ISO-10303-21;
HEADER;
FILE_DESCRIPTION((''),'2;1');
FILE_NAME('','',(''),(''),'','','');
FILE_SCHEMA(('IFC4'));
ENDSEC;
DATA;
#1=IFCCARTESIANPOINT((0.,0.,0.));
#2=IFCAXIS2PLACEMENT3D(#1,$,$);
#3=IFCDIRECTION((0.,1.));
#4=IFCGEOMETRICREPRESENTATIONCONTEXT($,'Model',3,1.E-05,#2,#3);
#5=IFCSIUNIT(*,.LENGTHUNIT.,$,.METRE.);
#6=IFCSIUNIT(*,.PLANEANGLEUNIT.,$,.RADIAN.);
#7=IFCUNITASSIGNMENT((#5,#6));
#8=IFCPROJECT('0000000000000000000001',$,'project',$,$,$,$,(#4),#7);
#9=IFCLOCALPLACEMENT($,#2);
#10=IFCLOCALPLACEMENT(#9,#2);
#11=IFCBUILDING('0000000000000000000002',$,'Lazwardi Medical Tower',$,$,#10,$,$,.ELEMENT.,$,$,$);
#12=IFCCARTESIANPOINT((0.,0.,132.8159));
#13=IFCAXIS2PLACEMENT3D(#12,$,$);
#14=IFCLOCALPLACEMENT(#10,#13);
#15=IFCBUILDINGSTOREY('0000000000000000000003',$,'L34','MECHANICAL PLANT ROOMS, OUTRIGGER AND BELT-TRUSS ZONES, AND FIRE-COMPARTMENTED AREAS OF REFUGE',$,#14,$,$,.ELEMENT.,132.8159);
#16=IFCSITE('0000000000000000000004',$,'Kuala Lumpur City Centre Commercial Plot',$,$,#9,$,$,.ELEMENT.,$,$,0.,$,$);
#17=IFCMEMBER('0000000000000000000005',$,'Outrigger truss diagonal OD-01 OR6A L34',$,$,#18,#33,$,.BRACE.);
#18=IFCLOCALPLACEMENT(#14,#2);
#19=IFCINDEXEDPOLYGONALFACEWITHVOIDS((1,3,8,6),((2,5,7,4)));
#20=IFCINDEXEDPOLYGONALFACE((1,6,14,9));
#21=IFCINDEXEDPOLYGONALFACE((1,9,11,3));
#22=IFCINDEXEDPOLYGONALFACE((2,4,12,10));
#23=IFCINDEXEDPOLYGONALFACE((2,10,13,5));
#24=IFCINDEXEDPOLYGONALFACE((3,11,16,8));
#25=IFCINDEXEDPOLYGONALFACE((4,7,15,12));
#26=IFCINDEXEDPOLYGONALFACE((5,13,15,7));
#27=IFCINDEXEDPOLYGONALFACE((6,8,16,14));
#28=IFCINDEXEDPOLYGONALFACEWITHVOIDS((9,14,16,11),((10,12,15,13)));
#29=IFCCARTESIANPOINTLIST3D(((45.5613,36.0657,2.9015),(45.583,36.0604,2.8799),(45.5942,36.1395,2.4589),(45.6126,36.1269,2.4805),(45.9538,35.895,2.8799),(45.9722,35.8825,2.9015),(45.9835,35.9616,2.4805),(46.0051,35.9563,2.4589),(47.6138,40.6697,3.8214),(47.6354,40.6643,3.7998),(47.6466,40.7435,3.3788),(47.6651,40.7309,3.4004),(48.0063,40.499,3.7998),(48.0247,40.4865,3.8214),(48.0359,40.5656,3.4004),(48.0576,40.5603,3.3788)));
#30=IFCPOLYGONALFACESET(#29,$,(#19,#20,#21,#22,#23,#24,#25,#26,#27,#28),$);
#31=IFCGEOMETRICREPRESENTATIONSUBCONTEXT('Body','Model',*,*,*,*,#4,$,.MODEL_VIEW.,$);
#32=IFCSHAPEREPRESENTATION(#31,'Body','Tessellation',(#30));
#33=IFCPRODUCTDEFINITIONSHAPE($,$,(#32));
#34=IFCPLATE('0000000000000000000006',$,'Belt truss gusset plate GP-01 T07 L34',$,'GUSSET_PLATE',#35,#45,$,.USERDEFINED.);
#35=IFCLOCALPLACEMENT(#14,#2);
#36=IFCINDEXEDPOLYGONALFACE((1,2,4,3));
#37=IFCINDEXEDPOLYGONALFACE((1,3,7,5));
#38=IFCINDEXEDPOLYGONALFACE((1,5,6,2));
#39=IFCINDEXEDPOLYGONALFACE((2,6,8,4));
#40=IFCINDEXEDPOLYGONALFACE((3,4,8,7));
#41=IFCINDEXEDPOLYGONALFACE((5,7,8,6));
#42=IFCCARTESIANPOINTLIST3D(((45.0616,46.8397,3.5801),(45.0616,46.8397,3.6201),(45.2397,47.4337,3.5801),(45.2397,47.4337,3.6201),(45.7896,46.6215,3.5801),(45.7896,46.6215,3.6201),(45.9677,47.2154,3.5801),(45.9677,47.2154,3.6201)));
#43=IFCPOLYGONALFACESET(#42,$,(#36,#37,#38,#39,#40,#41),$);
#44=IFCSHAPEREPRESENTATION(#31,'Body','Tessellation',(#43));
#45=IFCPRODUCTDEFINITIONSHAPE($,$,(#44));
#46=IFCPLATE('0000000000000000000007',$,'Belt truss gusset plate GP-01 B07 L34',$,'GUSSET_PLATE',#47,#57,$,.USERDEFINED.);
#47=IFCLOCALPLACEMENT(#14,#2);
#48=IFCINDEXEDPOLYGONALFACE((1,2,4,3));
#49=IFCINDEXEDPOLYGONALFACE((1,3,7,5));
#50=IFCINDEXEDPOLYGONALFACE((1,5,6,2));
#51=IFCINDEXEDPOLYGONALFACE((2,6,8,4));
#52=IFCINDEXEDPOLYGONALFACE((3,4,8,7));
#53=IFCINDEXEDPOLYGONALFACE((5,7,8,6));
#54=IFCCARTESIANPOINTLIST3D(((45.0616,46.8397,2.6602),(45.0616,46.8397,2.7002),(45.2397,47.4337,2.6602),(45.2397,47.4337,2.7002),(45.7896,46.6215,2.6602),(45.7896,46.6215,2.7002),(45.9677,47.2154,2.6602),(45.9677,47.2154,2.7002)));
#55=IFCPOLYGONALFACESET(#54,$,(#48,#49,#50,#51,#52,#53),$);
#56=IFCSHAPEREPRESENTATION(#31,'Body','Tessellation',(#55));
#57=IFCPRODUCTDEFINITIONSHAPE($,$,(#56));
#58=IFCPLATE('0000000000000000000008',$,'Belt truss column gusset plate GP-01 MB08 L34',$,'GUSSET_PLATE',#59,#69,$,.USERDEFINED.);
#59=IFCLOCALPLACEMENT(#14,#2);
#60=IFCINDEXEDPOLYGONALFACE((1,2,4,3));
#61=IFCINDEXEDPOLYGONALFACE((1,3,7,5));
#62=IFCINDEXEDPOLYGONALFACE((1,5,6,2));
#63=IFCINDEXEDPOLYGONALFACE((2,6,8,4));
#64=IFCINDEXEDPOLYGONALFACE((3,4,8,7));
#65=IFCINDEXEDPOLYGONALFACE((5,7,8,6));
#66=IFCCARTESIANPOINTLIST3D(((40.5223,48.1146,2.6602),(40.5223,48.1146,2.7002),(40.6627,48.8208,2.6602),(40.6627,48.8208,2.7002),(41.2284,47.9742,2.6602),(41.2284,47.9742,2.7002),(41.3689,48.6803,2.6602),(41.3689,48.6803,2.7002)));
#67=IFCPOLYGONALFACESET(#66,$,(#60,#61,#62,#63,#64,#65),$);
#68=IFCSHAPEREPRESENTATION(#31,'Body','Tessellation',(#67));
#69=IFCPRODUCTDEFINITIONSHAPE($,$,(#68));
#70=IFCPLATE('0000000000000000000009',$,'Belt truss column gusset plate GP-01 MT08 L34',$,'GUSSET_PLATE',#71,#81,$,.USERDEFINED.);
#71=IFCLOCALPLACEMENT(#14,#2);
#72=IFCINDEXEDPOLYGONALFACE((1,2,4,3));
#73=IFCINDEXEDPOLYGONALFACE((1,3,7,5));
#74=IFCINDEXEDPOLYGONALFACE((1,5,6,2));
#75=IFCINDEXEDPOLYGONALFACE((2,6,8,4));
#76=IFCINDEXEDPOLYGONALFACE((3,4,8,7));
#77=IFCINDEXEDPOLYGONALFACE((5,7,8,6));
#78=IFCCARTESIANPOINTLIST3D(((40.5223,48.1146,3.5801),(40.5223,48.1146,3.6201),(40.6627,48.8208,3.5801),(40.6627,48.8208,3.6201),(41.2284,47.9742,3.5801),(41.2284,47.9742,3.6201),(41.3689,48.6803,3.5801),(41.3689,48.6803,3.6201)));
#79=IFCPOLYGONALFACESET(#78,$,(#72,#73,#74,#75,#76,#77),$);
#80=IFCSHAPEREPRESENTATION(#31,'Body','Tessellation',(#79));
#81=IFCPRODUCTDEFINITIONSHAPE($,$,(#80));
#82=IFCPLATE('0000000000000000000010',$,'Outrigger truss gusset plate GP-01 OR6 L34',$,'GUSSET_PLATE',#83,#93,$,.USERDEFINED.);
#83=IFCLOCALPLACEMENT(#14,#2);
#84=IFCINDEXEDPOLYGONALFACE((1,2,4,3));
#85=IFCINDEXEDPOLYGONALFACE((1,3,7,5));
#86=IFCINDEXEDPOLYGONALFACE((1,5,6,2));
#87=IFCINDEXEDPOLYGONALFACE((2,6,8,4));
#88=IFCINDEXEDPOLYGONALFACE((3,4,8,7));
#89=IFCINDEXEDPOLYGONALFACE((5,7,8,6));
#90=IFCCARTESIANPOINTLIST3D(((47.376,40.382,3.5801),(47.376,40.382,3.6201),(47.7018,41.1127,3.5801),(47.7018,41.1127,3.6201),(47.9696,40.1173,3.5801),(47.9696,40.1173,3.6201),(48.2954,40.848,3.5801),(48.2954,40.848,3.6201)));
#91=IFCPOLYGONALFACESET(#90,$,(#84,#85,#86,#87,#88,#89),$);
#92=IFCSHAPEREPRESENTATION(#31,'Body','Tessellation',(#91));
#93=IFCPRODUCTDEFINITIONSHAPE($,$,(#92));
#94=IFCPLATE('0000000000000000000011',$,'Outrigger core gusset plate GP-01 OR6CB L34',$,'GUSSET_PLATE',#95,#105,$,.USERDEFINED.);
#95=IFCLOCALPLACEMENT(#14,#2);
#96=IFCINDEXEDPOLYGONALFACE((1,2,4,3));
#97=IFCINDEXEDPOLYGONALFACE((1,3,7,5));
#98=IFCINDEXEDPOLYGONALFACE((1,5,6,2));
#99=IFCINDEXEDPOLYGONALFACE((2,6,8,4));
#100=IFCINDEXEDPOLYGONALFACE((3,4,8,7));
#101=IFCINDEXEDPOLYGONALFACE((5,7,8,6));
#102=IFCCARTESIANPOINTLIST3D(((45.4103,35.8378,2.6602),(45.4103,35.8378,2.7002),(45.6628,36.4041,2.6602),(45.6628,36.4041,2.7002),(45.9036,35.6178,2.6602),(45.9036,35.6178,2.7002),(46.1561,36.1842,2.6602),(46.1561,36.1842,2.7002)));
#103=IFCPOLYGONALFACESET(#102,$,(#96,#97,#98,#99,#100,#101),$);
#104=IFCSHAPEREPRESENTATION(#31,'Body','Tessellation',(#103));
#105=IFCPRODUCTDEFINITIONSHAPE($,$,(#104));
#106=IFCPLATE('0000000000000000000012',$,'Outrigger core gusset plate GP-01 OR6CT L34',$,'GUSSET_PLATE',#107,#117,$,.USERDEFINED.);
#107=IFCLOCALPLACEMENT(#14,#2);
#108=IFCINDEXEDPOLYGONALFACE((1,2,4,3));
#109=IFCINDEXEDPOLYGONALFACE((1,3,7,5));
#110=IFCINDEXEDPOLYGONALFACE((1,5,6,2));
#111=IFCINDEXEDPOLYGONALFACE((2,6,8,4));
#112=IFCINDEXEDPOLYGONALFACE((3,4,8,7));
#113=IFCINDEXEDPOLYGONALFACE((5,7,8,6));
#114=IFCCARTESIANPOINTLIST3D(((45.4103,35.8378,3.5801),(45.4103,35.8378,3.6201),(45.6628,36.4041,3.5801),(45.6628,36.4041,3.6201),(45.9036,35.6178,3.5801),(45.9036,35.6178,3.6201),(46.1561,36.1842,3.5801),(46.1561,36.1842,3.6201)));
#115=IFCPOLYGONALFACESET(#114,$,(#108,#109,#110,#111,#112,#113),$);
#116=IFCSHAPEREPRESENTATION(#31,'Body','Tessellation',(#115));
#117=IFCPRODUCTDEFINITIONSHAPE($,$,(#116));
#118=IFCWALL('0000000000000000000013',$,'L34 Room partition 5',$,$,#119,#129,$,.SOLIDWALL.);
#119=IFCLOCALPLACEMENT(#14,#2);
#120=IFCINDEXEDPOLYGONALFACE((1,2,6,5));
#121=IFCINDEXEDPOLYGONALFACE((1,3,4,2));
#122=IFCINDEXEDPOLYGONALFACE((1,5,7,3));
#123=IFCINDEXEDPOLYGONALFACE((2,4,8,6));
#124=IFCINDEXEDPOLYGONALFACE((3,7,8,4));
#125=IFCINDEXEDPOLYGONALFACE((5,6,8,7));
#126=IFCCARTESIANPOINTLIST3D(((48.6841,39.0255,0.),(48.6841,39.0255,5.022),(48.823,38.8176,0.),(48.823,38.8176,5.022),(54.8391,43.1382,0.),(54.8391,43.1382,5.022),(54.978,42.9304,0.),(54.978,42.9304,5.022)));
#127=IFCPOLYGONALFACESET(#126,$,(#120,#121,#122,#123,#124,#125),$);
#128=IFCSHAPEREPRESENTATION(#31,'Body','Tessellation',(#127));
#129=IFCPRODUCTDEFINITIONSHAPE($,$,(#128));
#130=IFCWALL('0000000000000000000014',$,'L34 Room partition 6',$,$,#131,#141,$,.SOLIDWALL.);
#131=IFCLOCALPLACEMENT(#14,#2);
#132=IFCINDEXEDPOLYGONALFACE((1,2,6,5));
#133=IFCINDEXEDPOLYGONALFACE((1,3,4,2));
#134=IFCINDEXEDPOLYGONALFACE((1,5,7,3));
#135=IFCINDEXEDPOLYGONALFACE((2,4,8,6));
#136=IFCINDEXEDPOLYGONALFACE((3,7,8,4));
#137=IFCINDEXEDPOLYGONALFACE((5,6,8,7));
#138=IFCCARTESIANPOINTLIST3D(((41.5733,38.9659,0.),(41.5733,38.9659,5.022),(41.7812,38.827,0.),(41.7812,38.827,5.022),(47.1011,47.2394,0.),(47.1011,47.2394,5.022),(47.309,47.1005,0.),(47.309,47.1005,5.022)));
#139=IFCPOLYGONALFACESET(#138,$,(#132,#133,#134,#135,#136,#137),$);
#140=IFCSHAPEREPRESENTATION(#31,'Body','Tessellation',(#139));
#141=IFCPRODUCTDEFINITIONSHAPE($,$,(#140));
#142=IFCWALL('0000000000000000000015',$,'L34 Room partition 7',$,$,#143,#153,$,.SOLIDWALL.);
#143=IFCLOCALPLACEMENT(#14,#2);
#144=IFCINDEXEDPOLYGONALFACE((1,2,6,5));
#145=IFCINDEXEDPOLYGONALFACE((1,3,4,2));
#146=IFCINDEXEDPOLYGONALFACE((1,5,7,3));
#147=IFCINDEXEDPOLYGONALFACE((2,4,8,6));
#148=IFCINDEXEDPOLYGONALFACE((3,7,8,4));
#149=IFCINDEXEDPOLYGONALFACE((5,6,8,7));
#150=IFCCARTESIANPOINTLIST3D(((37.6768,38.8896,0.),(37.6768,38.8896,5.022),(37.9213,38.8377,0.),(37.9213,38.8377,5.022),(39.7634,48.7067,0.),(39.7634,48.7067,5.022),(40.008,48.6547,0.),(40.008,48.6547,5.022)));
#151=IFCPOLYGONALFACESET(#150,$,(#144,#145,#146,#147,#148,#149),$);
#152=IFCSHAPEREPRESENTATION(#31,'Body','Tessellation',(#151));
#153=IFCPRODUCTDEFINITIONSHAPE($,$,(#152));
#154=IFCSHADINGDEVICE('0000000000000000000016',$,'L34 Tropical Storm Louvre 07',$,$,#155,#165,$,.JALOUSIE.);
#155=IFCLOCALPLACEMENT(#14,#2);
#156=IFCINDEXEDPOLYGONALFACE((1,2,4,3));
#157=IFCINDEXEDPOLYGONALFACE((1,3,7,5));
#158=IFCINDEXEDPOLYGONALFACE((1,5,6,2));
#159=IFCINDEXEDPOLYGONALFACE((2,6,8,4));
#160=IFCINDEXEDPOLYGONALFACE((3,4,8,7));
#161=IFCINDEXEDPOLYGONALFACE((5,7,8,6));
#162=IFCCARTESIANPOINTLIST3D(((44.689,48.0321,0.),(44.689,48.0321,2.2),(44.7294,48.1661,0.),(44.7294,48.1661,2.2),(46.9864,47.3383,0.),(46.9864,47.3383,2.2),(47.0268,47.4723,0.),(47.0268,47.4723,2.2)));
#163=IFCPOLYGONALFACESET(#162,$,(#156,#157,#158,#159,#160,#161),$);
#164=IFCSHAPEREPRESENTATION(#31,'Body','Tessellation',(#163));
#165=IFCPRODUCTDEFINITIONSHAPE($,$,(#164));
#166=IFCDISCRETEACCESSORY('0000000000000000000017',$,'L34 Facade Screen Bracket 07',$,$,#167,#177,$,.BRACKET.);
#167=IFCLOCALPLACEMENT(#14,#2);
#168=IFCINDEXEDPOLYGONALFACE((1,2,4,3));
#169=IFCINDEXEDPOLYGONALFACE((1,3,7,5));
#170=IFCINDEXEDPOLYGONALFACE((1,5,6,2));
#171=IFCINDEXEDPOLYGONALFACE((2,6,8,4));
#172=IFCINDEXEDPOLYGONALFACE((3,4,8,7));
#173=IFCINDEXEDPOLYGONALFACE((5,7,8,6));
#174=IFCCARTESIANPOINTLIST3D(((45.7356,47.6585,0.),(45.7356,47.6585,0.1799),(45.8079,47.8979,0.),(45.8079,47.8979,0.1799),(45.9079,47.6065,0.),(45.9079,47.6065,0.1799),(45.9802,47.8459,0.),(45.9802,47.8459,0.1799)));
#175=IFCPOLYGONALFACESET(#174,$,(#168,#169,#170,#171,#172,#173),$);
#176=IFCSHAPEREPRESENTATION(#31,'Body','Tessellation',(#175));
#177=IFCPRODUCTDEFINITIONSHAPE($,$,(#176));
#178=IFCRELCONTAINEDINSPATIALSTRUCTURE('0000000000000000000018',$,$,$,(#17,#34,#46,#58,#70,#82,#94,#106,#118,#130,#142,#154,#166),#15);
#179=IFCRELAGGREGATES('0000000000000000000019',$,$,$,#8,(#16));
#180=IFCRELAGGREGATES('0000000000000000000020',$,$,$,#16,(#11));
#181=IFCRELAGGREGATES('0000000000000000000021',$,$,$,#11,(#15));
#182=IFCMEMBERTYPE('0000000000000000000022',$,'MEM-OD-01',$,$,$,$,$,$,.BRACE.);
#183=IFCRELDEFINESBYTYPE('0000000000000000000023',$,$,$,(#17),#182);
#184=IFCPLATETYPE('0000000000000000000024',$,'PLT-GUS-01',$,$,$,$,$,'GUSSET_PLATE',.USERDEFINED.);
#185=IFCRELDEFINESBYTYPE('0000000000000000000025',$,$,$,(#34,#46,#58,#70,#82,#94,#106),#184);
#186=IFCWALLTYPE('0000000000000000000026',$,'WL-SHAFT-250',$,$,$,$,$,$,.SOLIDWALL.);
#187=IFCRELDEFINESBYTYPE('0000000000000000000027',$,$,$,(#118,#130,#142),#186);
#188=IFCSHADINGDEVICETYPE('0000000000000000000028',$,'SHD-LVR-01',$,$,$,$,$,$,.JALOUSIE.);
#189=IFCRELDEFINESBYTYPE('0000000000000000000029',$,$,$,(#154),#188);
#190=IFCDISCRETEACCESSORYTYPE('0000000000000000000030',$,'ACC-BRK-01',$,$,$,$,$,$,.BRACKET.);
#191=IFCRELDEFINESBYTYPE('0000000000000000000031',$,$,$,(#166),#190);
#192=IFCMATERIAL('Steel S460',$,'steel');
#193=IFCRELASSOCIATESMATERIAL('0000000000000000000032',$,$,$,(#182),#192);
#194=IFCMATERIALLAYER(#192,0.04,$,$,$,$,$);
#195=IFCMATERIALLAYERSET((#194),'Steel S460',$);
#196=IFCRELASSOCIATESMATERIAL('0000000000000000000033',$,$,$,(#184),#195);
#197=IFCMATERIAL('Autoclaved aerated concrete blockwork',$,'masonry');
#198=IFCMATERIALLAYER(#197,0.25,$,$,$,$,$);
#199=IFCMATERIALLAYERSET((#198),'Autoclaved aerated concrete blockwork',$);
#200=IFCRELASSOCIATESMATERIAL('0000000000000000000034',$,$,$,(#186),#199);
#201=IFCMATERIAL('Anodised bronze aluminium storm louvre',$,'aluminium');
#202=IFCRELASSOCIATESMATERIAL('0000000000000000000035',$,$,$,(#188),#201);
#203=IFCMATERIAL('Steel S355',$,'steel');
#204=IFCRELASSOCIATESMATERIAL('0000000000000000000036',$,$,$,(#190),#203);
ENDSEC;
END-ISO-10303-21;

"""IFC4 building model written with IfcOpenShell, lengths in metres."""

from ifc_helpers import new_model, si_unit, direction, frame, frame_2d, origin, origin_2d, place, context, subcontext, project, spatial, rectangle, hollow_rectangle, extrude, material, layer, layer_set, material_profile, profile_set, type_object, element, save


model = new_model("IFC4")

# Units and contexts
model_context = context("Model", 3, precision=1e-05, world=origin(), true_north=direction((0.0, 1.0)))
body_context = subcontext(model_context, "Body", "Model", "MODEL_VIEW")
ifc_project = project(units=[si_unit("LENGTHUNIT", "METRE"), si_unit("PLANEANGLEUNIT", "RADIAN")], contexts=[model_context])

# Site, building, storey
site_placement = place(None, origin())
site = spatial("IfcSite", under=ifc_project, at=site_placement, Name="Kuala Lumpur City Centre Commercial Plot", CompositionType="ELEMENT", RefElevation=0.0)
building_placement = place(site_placement, origin())
building = spatial("IfcBuilding", under=site, at=building_placement, Name="Lazwardi Medical Tower", CompositionType="ELEMENT")
storey_placement = place(building_placement, frame((0.0, 0.0, 132.8159)))
storey = spatial("IfcBuildingStorey", under=building, at=storey_placement, Name="L34", Description="MECHANICAL PLANT ROOMS, OUTRIGGER AND BELT-TRUSS ZONES, AND FIRE-COMPARTMENTED AREAS OF REFUGE", CompositionType="ELEMENT", Elevation=132.8159)

# Shared definitions
ifc_material_1 = material(Name="Steel S355", Category="steel")
ifc_material_2 = material(Name="Steel S460", Category="steel")

# Member
ifc_material_profile_1 = material_profile(ifc_material_2, hollow_rectangle(XDim=0.45, YDim=0.45, WallThickness=0.022, at=origin_2d()), Name="RHS 450x450x22")
ifc_profile_set_1 = profile_set([ifc_material_profile_1], Name="Steel S460")
member_type_1 = type_object("IfcMemberType", Name="MEM-OD-01", PredefinedType="BRACE", material=ifc_profile_set_1)
member_1_placement = place(storey_placement, frame((45.7832, 36.011, 2.6802), z_axis=(0.400561, 0.89851, 0.17953), x_axis=(-0.91335, 0.407176, 0.0)))
element("IfcMember", 1, at=member_1_placement, inside=storey, type_object=member_type_1, Name="Outrigger truss diagonal OD-01 OR6A L34", PredefinedType="BRACE", context=body_context, shape_type="SweptSolid", body=[
    extrude(hollow_rectangle(XDim=0.45, YDim=0.45, WallThickness=0.022, at=origin_2d()), origin(), (0.0, 0.0, 1.0), 5.124),
])

# Plates
ifc_layer_1 = layer(ifc_material_2, 0.04)
ifc_layer_set_1 = layer_set([ifc_layer_1], Name="Steel S460")
plate_type = type_object("IfcPlateType", Name="PLT-GUS-01", ElementType="GUSSET_PLATE", PredefinedType="USERDEFINED", material=ifc_layer_set_1)
for number, where, z_axis, x_axis, name in (
    (2, (45.5146, 47.0276, 3.5801), (0.0, 0.0, 1.0), (-0.957873, 0.287193, 0.0), "Belt truss gusset plate GP-01 T07 L34"),
    (3, (45.5146, 47.0276, 2.6602), (0.0, 0.0, 1.0), (-0.957873, 0.287193, 0.0), "Belt truss gusset plate GP-01 B07 L34"),
):
    element("IfcPlate", number, at=place(storey_placement, frame(where, z_axis=z_axis, x_axis=x_axis)), inside=storey, type_object=plate_type, Name=name, ObjectType="GUSSET_PLATE", PredefinedType="USERDEFINED", context=body_context, shape_type="SweptSolid", body=[
        extrude(rectangle(XDim=0.76, YDim=0.6201, at=origin_2d()), origin(), (0.0, 0.0, 1.0), 0.04),
    ])
for number, where, z_axis, x_axis, name in (
    (4, (40.9456, 48.3975, 2.6602), (0.0, 0.0, 1.0), (0.19509, 0.980785, 0.0), "Belt truss column gusset plate GP-01 MB08 L34"),
    (5, (40.9456, 48.3975, 3.5801), (0.0, 0.0, 1.0), (0.19509, 0.980785, 0.0), "Belt truss column gusset plate GP-01 MT08 L34"),
):
    element("IfcPlate", number, at=place(storey_placement, frame(where, z_axis=z_axis, x_axis=x_axis)), inside=storey, type_object=plate_type, Name=name, ObjectType="GUSSET_PLATE", PredefinedType="USERDEFINED", context=body_context, shape_type="SweptSolid", body=[
        extrude(rectangle(XDim=0.72, YDim=0.72, at=origin_2d()), origin(), (0.0, 0.0, 1.0), 0.04),
    ])
plate_placement = place(storey_placement, frame((47.8357, 40.615, 3.5801), z_axis=(0.0, 0.0, 1.0), x_axis=(0.407215, 0.913332, 0.0)))
element("IfcPlate", 6, at=plate_placement, inside=storey, type_object=plate_type, Name="Outrigger truss gusset plate GP-01 OR6 L34", ObjectType="GUSSET_PLATE", PredefinedType="USERDEFINED", context=body_context, shape_type="SweptSolid", body=[
    extrude(rectangle(XDim=0.8, YDim=0.6499, at=origin_2d()), origin(), (0.0, 0.0, 1.0), 0.04),
])
for number, where, z_axis, x_axis, name in (
    (7, (45.7832, 36.011, 2.6602), (0.0, 0.0, 1.0), (0.407215, 0.913332, 0.0), "Outrigger core gusset plate GP-01 OR6CB L34"),
    (8, (45.7832, 36.011, 3.5801), (0.0, 0.0, 1.0), (0.407215, 0.913332, 0.0), "Outrigger core gusset plate GP-01 OR6CT L34"),
):
    element("IfcPlate", number, at=place(storey_placement, frame(where, z_axis=z_axis, x_axis=x_axis)), inside=storey, type_object=plate_type, Name=name, ObjectType="GUSSET_PLATE", PredefinedType="USERDEFINED", context=body_context, shape_type="SweptSolid", body=[
        extrude(rectangle(XDim=0.6201, YDim=0.54, at=origin_2d()), origin(), (0.0, 0.0, 1.0), 0.04),
    ])

# Walls
ifc_material_3 = material(Name="Autoclaved aerated concrete blockwork", Category="masonry")
ifc_layer_2 = layer(ifc_material_3, 0.25)
ifc_layer_set_2 = layer_set([ifc_layer_2], Name="Autoclaved aerated concrete blockwork")
wall_type = type_object("IfcWallType", Name="WL-SHAFT-250", PredefinedType="SOLIDWALL", material=ifc_layer_set_2)
wall_1_placement = place(storey_placement, frame((48.7537, 38.9216, 0.0), z_axis=(0.0, 0.0, 1.0), x_axis=(0.831461, 0.555583, 0.0)))
element("IfcWall", 9, at=wall_1_placement, inside=storey, type_object=wall_type, Name="L34 Room partition 5", PredefinedType="SOLIDWALL", context=body_context, shape_type="SweptSolid", body=[
    extrude(rectangle(XDim=7.4026, YDim=0.25, at=frame_2d((3.7012, 0.0))), origin(), (0.0, 0.0, 1.0), 5.022),
])
wall_2_placement = place(storey_placement, frame((41.6772, 38.8965, 0.0), z_axis=(0.0, 0.0, 1.0), x_axis=(0.555549, 0.831484, 0.0)))
element("IfcWall", 10, at=wall_2_placement, inside=storey, type_object=wall_type, Name="L34 Room partition 6", PredefinedType="SOLIDWALL", context=body_context, shape_type="SweptSolid", body=[
    extrude(rectangle(XDim=9.9502, YDim=0.25, at=frame_2d((4.9751, 0.0))), origin(), (0.0, 0.0, 1.0), 5.022),
])
wall_3_placement = place(storey_placement, frame((37.7991, 38.8638, 0.0), z_axis=(0.0, 0.0, 1.0), x_axis=(0.207909, 0.978148, 0.0)))
element("IfcWall", 11, at=wall_3_placement, inside=storey, type_object=wall_type, Name="L34 Room partition 7", PredefinedType="SOLIDWALL", context=body_context, shape_type="SweptSolid", body=[
    extrude(rectangle(XDim=10.0364, YDim=0.25, at=frame_2d((5.0181, 0.0))), origin(), (0.0, 0.0, 1.0), 5.022),
])

# Shading device
ifc_material_4 = material(Name="Anodised bronze aluminium storm louvre", Category="aluminium")
shading_device_type = type_object("IfcShadingDeviceType", Name="SHD-LVR-01", PredefinedType="JALOUSIE", material=ifc_material_4)
shading_device_placement = place(storey_placement, frame((45.8579, 47.7522, 0.0), z_axis=(0.0, 0.0, 1.0), x_axis=(-0.957299, 0.289099, 0.0)))
element("IfcShadingDevice", 12, at=shading_device_placement, inside=storey, type_object=shading_device_type, Name="L34 Tropical Storm Louvre 07", PredefinedType="JALOUSIE", context=body_context, shape_type="SweptSolid", body=[
    extrude(rectangle(XDim=2.3999, YDim=0.1399, at=origin_2d()), origin(), (0.0, 0.0, 1.0), 2.2),
])

# Discrete accessory
discrete_accessory_type = type_object("IfcDiscreteAccessoryType", Name="ACC-BRK-01", PredefinedType="BRACKET", material=ifc_material_1)
discrete_accessory_placement = place(storey_placement, frame((45.8579, 47.7522, 0.0), z_axis=(0.0, 0.0, 1.0), x_axis=(-0.957299, 0.289099, 0.0)))
element("IfcDiscreteAccessory", 13, at=discrete_accessory_placement, inside=storey, type_object=discrete_accessory_type, Name="L34 Facade Screen Bracket 07", PredefinedType="BRACKET", context=body_context, shape_type="SweptSolid", body=[
    extrude(rectangle(XDim=0.1799, YDim=0.25, at=origin_2d()), origin(), (0.0, 0.0, 1.0), 0.1799),
])

save(model, "model.ifc")
